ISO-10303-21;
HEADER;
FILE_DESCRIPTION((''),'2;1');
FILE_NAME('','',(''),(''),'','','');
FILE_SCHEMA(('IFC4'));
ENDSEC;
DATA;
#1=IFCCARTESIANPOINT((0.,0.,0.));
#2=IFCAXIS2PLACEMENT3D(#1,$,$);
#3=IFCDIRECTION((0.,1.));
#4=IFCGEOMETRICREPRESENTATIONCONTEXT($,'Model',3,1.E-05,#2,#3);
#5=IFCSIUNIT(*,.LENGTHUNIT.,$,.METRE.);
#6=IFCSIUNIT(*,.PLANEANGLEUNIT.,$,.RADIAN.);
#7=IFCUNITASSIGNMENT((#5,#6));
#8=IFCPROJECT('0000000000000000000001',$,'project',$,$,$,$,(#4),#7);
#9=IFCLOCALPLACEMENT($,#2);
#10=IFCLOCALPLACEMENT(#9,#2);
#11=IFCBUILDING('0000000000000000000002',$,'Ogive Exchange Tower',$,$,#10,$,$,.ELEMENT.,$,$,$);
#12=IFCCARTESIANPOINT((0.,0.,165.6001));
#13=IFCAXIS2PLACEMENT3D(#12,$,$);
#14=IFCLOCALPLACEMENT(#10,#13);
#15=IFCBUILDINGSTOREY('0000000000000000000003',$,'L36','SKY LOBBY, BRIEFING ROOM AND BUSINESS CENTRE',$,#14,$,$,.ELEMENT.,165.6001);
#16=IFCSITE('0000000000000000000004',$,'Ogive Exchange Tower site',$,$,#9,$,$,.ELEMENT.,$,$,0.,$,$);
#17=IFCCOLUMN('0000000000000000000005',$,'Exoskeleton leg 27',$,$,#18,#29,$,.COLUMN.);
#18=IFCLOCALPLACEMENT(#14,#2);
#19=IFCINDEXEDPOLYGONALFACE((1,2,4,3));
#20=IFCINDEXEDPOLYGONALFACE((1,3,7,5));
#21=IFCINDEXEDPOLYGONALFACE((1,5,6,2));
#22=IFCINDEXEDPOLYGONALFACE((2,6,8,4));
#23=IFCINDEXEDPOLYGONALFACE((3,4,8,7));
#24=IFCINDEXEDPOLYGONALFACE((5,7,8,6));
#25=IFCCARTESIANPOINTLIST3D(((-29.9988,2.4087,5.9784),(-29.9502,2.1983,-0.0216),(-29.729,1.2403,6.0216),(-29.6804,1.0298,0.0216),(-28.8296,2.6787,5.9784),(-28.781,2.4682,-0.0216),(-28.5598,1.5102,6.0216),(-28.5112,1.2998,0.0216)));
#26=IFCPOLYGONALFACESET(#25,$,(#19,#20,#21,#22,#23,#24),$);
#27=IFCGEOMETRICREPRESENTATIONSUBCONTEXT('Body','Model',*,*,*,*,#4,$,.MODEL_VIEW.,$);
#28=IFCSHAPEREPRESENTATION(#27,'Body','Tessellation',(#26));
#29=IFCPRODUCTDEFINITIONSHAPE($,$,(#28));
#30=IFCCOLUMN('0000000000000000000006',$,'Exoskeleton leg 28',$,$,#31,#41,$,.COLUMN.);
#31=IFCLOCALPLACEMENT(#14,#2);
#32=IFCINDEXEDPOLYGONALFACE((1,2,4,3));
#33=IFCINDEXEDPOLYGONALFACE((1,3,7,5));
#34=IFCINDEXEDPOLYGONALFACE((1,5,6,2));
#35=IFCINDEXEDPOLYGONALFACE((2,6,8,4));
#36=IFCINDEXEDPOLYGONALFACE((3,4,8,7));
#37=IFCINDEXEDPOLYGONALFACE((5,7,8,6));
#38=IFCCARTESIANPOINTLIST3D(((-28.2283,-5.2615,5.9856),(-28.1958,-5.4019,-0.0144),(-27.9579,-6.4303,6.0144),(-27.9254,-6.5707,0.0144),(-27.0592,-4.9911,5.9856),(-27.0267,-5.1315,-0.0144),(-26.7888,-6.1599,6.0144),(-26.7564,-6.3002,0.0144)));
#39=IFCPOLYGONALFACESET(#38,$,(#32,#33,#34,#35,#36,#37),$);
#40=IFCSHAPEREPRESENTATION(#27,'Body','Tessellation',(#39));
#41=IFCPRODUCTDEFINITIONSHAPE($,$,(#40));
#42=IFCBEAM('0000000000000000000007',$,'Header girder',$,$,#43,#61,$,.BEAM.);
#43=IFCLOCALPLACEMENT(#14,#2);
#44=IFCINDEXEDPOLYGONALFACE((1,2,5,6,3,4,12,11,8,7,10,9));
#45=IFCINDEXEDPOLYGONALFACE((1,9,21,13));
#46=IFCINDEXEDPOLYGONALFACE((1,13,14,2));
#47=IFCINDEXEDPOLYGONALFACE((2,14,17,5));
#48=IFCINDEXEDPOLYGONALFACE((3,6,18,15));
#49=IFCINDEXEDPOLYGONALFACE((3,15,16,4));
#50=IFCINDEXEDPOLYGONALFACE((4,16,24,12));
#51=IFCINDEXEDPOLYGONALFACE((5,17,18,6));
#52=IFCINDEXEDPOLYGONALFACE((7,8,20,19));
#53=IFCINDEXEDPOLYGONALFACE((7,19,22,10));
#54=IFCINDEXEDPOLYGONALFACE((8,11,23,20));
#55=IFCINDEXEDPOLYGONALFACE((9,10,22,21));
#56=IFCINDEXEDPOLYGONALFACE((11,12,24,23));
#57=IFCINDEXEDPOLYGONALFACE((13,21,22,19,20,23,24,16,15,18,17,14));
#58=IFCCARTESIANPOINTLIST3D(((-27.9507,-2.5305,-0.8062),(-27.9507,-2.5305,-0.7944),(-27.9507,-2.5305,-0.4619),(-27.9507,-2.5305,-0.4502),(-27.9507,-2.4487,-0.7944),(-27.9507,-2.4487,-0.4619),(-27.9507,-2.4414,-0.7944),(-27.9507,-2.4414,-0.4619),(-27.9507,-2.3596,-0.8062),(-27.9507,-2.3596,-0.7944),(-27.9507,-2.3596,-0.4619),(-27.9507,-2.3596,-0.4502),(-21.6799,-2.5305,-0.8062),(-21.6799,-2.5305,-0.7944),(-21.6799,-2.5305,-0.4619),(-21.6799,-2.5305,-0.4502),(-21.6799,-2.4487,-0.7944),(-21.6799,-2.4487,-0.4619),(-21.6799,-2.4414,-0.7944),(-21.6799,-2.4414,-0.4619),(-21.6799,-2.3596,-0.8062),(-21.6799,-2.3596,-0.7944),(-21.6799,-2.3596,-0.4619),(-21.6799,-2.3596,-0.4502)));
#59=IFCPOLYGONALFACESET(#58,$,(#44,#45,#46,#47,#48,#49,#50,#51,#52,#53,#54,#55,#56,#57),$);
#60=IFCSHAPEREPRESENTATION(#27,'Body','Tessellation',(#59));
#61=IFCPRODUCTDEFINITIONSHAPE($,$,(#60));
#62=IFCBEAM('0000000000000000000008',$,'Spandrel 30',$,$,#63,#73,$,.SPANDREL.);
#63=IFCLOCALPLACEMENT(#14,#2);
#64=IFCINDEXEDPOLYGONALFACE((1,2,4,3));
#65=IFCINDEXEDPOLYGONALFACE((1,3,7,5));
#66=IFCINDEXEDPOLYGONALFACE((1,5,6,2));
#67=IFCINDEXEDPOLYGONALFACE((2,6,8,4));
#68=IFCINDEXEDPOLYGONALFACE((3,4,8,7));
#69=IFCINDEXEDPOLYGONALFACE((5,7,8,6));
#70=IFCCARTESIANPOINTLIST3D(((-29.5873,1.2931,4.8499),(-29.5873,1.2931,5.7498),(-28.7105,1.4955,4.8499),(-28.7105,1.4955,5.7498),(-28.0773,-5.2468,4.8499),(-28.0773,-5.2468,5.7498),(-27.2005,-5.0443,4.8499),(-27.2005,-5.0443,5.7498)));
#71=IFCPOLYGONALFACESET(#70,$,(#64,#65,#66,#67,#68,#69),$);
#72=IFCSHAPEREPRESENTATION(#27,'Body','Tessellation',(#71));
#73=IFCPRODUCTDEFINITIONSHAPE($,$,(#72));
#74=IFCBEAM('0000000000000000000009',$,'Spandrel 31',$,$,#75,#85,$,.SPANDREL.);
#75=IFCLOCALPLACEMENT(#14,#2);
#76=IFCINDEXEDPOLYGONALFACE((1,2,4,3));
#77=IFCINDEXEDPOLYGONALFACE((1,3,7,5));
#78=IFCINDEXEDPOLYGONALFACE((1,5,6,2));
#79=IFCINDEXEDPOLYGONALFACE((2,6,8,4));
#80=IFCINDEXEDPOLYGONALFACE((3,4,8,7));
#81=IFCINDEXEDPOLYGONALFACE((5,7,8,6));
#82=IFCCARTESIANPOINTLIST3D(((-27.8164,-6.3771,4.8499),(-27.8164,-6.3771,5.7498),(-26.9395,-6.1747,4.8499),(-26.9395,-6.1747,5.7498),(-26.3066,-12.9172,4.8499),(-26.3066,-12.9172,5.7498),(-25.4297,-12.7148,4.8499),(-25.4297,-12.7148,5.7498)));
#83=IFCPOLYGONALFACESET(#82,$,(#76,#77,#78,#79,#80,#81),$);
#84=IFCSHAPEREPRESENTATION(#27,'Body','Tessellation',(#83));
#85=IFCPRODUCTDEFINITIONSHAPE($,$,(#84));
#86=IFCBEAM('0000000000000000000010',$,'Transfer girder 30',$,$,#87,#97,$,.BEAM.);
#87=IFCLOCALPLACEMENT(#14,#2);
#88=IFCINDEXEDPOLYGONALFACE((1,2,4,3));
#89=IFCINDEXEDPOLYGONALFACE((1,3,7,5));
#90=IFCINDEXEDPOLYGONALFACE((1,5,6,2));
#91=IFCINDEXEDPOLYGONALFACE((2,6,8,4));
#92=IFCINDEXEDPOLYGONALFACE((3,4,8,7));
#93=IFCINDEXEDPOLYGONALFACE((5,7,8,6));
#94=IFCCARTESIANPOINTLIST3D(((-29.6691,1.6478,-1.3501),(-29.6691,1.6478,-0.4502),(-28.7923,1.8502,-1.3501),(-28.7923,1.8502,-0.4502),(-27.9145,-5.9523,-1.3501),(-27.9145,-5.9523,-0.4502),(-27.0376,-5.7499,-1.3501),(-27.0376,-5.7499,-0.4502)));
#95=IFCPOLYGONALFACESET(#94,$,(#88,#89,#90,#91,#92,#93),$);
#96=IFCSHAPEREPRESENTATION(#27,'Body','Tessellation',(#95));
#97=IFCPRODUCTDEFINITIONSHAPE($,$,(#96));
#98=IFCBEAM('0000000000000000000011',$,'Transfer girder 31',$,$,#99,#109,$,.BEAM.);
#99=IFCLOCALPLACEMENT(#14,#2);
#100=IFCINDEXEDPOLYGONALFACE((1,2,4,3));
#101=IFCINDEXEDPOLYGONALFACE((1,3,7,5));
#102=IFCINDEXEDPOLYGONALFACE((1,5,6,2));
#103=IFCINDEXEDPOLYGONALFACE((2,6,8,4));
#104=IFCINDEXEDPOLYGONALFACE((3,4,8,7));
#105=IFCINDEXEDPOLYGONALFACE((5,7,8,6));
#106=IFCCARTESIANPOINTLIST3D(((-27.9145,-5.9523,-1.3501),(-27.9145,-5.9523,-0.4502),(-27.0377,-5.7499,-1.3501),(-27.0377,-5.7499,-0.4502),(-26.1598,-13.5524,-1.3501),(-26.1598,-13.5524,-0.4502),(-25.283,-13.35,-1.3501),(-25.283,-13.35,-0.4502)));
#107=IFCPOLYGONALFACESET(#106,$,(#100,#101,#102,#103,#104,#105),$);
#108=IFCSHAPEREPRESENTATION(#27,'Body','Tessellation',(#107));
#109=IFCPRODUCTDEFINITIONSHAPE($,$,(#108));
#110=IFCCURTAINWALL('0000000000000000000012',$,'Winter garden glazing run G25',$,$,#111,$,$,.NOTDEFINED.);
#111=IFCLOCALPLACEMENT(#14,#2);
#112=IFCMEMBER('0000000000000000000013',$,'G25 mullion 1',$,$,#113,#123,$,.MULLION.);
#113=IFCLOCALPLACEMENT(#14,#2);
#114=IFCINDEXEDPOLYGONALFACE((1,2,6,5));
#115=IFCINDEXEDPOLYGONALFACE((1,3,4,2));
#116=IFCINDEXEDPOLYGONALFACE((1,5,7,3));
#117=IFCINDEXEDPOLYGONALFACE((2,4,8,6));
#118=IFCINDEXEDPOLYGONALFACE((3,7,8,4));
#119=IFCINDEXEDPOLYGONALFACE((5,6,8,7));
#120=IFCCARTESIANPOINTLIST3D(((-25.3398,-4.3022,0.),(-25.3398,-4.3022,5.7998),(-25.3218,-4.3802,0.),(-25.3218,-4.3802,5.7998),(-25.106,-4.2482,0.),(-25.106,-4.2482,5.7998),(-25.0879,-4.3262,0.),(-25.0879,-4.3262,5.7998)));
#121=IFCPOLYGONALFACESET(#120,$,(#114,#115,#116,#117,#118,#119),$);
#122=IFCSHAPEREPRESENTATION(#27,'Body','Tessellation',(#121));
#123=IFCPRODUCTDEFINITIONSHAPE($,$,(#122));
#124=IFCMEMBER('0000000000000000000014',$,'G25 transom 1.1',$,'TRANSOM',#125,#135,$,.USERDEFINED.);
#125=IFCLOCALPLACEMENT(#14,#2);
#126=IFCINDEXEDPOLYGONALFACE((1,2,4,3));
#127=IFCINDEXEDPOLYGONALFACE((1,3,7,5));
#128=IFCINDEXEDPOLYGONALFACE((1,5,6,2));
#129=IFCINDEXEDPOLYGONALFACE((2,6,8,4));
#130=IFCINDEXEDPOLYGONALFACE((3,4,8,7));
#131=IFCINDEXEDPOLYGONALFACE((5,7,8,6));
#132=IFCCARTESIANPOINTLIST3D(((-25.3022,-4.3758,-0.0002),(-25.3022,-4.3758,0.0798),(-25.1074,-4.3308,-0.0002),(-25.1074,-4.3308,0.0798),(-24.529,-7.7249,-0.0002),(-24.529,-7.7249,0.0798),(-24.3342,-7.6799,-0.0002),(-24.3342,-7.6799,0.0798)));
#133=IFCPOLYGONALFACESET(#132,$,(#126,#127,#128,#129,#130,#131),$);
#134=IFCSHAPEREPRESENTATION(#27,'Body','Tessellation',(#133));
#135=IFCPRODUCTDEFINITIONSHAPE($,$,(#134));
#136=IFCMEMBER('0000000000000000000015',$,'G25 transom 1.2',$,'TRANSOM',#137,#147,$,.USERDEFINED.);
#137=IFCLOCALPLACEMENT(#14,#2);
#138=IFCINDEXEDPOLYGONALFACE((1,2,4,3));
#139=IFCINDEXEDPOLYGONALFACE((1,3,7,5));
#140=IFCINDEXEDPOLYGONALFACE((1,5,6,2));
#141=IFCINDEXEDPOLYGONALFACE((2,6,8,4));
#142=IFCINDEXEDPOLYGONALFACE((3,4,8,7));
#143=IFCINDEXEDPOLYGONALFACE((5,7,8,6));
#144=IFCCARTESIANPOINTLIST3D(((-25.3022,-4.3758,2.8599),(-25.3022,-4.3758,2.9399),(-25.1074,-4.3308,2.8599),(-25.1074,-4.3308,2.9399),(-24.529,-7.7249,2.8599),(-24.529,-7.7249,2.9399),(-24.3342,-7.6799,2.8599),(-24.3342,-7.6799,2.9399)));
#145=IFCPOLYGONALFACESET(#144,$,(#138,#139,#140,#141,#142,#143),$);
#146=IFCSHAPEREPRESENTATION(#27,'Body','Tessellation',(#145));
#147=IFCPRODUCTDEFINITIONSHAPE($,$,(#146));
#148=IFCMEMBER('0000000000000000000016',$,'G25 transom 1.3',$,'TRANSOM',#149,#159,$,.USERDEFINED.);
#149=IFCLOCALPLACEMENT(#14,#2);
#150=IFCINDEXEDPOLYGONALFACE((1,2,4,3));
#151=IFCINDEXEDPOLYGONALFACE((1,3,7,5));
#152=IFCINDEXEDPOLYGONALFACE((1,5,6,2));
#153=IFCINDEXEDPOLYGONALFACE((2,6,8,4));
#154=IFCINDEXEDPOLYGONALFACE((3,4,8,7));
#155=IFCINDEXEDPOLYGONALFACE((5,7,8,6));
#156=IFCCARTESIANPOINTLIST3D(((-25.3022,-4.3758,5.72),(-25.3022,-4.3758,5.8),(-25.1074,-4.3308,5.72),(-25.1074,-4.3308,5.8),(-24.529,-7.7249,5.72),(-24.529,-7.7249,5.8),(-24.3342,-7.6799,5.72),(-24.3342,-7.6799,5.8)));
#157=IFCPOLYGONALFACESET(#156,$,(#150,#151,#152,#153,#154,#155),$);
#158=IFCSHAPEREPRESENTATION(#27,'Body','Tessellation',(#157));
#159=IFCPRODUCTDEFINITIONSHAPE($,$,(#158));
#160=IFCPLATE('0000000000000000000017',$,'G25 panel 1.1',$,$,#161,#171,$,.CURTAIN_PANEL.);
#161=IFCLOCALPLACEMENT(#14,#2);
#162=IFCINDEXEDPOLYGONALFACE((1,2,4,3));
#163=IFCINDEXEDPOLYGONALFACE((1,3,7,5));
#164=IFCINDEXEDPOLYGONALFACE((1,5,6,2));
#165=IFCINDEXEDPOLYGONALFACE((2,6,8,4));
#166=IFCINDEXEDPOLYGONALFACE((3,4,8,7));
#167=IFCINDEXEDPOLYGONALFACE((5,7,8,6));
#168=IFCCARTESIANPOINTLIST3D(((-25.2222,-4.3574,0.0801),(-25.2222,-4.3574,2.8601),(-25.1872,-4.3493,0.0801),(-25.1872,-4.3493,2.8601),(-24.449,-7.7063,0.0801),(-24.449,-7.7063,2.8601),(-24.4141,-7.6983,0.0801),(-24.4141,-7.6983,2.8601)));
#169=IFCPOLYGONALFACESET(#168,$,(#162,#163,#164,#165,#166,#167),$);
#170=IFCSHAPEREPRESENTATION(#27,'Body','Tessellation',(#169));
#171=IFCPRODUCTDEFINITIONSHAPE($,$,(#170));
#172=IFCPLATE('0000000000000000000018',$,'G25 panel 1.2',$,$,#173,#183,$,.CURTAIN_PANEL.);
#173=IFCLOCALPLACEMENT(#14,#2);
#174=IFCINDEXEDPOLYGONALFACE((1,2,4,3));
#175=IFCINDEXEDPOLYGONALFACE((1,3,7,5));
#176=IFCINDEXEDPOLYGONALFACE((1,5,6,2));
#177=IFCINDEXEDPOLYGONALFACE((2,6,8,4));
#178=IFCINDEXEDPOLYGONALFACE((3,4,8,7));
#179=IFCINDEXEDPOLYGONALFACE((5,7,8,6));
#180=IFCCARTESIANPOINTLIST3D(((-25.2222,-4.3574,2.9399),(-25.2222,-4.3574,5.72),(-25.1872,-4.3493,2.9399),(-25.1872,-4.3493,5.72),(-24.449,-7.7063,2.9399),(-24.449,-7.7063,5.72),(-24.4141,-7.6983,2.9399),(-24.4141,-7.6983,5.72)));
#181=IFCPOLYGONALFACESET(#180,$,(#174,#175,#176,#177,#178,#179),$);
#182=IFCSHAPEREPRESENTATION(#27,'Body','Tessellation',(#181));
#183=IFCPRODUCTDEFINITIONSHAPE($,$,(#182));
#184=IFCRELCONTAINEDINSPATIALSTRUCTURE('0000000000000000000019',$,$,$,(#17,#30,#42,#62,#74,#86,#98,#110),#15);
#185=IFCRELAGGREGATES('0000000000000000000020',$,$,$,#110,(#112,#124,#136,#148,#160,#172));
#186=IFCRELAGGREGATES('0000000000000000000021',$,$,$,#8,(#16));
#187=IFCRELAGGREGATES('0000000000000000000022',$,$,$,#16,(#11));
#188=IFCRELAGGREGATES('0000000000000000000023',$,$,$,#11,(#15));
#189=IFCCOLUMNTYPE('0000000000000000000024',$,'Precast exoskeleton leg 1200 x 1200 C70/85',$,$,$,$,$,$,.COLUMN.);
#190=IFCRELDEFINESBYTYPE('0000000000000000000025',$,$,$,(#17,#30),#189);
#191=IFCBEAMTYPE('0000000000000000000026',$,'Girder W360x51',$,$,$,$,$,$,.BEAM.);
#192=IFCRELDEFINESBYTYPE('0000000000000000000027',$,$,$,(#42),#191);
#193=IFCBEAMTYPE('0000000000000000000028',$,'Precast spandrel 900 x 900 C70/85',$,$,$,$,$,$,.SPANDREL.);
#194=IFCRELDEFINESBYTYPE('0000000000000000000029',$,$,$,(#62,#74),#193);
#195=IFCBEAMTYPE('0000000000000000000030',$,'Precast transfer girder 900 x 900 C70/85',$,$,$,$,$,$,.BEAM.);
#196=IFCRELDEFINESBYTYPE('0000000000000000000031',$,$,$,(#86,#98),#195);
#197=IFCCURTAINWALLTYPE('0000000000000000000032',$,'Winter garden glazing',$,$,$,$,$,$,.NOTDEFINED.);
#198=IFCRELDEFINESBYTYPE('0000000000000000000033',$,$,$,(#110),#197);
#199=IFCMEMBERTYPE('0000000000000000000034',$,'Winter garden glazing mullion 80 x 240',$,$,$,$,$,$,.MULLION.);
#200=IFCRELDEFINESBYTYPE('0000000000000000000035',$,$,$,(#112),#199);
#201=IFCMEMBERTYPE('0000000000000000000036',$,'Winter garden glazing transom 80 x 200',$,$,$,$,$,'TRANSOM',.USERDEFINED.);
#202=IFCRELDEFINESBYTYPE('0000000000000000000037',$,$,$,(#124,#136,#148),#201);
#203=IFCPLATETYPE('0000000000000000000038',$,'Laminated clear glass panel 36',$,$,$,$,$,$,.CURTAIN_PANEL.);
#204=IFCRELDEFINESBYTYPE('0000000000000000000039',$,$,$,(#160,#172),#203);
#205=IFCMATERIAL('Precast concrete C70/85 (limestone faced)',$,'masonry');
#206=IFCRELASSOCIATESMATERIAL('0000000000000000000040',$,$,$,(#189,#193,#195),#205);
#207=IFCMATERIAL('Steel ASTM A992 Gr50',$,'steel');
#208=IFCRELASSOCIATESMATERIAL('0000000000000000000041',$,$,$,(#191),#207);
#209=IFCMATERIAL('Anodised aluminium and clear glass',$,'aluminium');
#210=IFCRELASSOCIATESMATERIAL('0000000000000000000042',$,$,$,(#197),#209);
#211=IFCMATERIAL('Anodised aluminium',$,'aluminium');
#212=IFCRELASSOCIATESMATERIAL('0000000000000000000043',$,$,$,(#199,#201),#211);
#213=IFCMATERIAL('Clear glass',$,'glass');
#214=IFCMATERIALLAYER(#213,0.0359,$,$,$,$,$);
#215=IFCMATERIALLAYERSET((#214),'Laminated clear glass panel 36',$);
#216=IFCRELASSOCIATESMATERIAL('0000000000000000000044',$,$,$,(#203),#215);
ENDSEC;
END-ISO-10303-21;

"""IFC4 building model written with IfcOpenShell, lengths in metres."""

from ifc_helpers import new_model, si_unit, direction, frame, origin, origin_2d, place, context, subcontext, project, spatial, rectangle, i_section, extrude, material, layer, layer_set, material_profile, profile_set, type_object, element, aggregate, save


model = new_model("IFC4")

# Units and contexts
model_context = context("Model", 3, precision=1e-05, world=origin(), true_north=direction((0.0, 1.0)))
body_context = subcontext(model_context, "Body", "Model", "MODEL_VIEW")
ifc_project = project(units=[si_unit("LENGTHUNIT", "METRE"), si_unit("PLANEANGLEUNIT", "RADIAN")], contexts=[model_context])

# Site, building, storey
site_placement = place(None, origin())
site = spatial("IfcSite", under=ifc_project, at=site_placement, Name="Ogive Exchange Tower site", CompositionType="ELEMENT", RefElevation=0.0)
building_placement = place(site_placement, origin())
building = spatial("IfcBuilding", under=site, at=building_placement, Name="Ogive Exchange Tower", CompositionType="ELEMENT")
storey_placement = place(building_placement, frame((0.0, 0.0, 165.6001)))
storey = spatial("IfcBuildingStorey", under=building, at=storey_placement, Name="L36", Description="SKY LOBBY, BRIEFING ROOM AND BUSINESS CENTRE", CompositionType="ELEMENT", Elevation=165.6001)

# Columns
ifc_material_1 = material(Name="Precast concrete C70/85 (limestone faced)", Category="masonry")
ifc_material_profile_1 = material_profile(ifc_material_1, rectangle(XDim=1.2, YDim=1.2, at=origin_2d()), Name="1200 x 1200")
ifc_profile_set_1 = profile_set([ifc_material_profile_1], Name="Precast concrete C70/85 (limestone faced)")
column_type = type_object("IfcColumnType", Name="Precast exoskeleton leg 1200 x 1200 C70/85", PredefinedType="COLUMN", material=ifc_profile_set_1)
column_1_placement = place(storey_placement, frame((-29.2307, 1.749, 0.0), z_axis=(-0.008092, 0.035052, 0.999353), x_axis=(-0.974372, -0.224942, 0.0)))
element("IfcColumn", 1, at=column_1_placement, inside=storey, type_object=column_type, Name="Exoskeleton leg 27", PredefinedType="COLUMN", context=body_context, shape_type="SweptSolid", body=[
    extrude(rectangle(XDim=1.2, YDim=1.2, at=origin_2d()), origin(), (0.0, 0.0, 1.0), 6.0039),
])
column_2_placement = place(storey_placement, frame((-27.4761, -5.8511, 0.0), z_axis=(-0.00541, 0.02339, 0.999712), x_axis=(-0.974277, -0.225354, 0.0)))
element("IfcColumn", 2, at=column_2_placement, inside=storey, type_object=column_type, Name="Exoskeleton leg 28", PredefinedType="COLUMN", context=body_context, shape_type="SweptSolid", body=[
    extrude(rectangle(XDim=1.2, YDim=1.2, at=origin_2d()), origin(), (0.0, 0.0, 1.0), 6.0017),
])

# Beams
ifc_material_2 = material(Name="Steel ASTM A992 Gr50", Category="steel")
ifc_material_profile_2 = material_profile(ifc_material_2, i_section(OverallWidth=0.1709, OverallDepth=0.356, WebThickness=0.0073, FlangeThickness=0.0117, at=origin_2d()), Name="W360x51")
ifc_profile_set_2 = profile_set([ifc_material_profile_2], Name="Steel ASTM A992 Gr50")
beam_type_1 = type_object("IfcBeamType", Name="Girder W360x51", PredefinedType="BEAM", material=ifc_profile_set_2)
beam_1_placement = place(storey_placement, frame((-27.9507, -2.4451, -0.6282), z_axis=(1.0, 0.0, 0.0), x_axis=(0.0, 1.0, 0.0)))
element("IfcBeam", 3, at=beam_1_placement, inside=storey, type_object=beam_type_1, Name="Header girder", PredefinedType="BEAM", context=body_context, shape_type="SweptSolid", body=[
    extrude(i_section(OverallWidth=0.1709, OverallDepth=0.356, WebThickness=0.0073, FlangeThickness=0.0117, at=origin_2d()), origin(), (0.0, 0.0, 1.0), 6.2708),
])
ifc_material_profile_3 = material_profile(ifc_material_1, rectangle(XDim=0.8999, YDim=0.8999, at=origin_2d()), Name="900 x 900")
ifc_profile_set_3 = profile_set([ifc_material_profile_3], Name="Precast concrete C70/85 (limestone faced)")
beam_type_2 = type_object("IfcBeamType", Name="Precast spandrel 900 x 900 C70/85", PredefinedType="SPANDREL", material=ifc_profile_set_3)
beam_2_placement = place(storey_placement, frame((-29.1489, 1.3943, 5.2998), z_axis=(0.224976, -0.974364, 0.0), x_axis=(0.974364, 0.224976, 0.0)))
element("IfcBeam", 4, at=beam_2_placement, inside=storey, type_object=beam_type_2, Name="Spandrel 30", PredefinedType="SPANDREL", context=body_context, shape_type="SweptSolid", body=[
    extrude(rectangle(XDim=0.8999, YDim=0.8999, at=origin_2d()), origin(), (0.0, 0.0, 1.0), 6.7119),
])
beam_3_placement = place(storey_placement, frame((-27.3779, -6.2759, 5.2998), z_axis=(0.224934, -0.974374, 0.0), x_axis=(0.974374, 0.224934, 0.0)))
element("IfcBeam", 5, at=beam_3_placement, inside=storey, type_object=beam_type_2, Name="Spandrel 31", PredefinedType="SPANDREL", context=body_context, shape_type="SweptSolid", body=[
    extrude(rectangle(XDim=0.8999, YDim=0.8999, at=origin_2d()), origin(), (0.0, 0.0, 1.0), 6.7122),
])
ifc_material_profile_4 = material_profile(ifc_material_1, rectangle(XDim=0.8999, YDim=0.8999, at=origin_2d()), Name="900 x 900")
ifc_profile_set_4 = profile_set([ifc_material_profile_4], Name="Precast concrete C70/85 (limestone faced)")
beam_type_3 = type_object("IfcBeamType", Name="Precast transfer girder 900 x 900 C70/85", PredefinedType="BEAM", material=ifc_profile_set_4)
for number, where, z_axis, x_axis, name in (
    (6, (-29.2307, 1.749, -0.9001), (0.224953, -0.97437, 0.0), (0.97437, 0.224953, 0.0), "Transfer girder 30"),
    (7, (-27.4761, -5.8511, -0.9001), (0.224953, -0.97437, 0.0), (0.97437, 0.224953, 0.0), "Transfer girder 31"),
):
    element("IfcBeam", number, at=place(storey_placement, frame(where, z_axis=z_axis, x_axis=x_axis)), inside=storey, type_object=beam_type_3, Name=name, PredefinedType="BEAM", context=body_context, shape_type="SweptSolid", body=[
        extrude(rectangle(XDim=0.8999, YDim=0.8999, at=origin_2d()), origin(), (0.0, 0.0, 1.0), 7.8),
    ])

# Curtain wall, members, plates
ifc_material_3 = material(Name="Anodised aluminium and clear glass", Category="aluminium")
curtain_wall_type = type_object("IfcCurtainWallType", Name="Winter garden glazing", PredefinedType="NOTDEFINED", material=ifc_material_3)
curtain_wall_placement = place(storey_placement, origin())
curtain_wall = element("IfcCurtainWall", 8, at=curtain_wall_placement, inside=storey, type_object=curtain_wall_type, Name="Winter garden glazing run G25", PredefinedType="NOTDEFINED")
ifc_material_4 = material(Name="Anodised aluminium", Category="aluminium")
ifc_material_profile_5 = material_profile(ifc_material_4, rectangle(XDim=0.24, YDim=0.0801, at=origin_2d()), Name="AL 80x240")
ifc_profile_set_5 = profile_set([ifc_material_profile_5], Name="Anodised aluminium")
member_type_1 = type_object("IfcMemberType", Name="Winter garden glazing mullion 80 x 240", PredefinedType="MULLION", material=ifc_profile_set_5)
member_1_placement = place(storey_placement, frame((-25.2139, -4.3142, 0.0), z_axis=(0.0, 0.0, 1.0), x_axis=(0.974372, 0.224944, 0.0)))
member_1 = element("IfcMember", 9, at=member_1_placement, type_object=member_type_1, Name="G25 mullion 1", PredefinedType="MULLION", context=body_context, shape_type="SweptSolid", body=[
    extrude(rectangle(XDim=0.24, YDim=0.0801, at=origin_2d()), origin(), (0.0, 0.0, 1.0), 5.7998),
])
ifc_material_profile_6 = material_profile(ifc_material_4, rectangle(XDim=0.2, YDim=0.0801, at=origin_2d()), Name="AL 80x200")
ifc_profile_set_6 = profile_set([ifc_material_profile_6], Name="Anodised aluminium")
member_type_2 = type_object("IfcMemberType", Name="Winter garden glazing transom 80 x 200", ElementType="TRANSOM", PredefinedType="USERDEFINED", material=ifc_profile_set_6)
member_2_placement = place(storey_placement, frame((-25.2048, -4.3533, 0.0398), z_axis=(0.224948, -0.974371, 0.0), x_axis=(0.974371, 0.224948, 0.0)))
member_2 = element("IfcMember", 10, at=member_2_placement, type_object=member_type_2, Name="G25 transom 1.1", ObjectType="TRANSOM", PredefinedType="USERDEFINED", context=body_context, shape_type="SweptSolid", body=[
    extrude(rectangle(XDim=0.2, YDim=0.0801, at=origin_2d()), origin(), (0.0, 0.0, 1.0), 3.4373),
])
member_3_placement = place(storey_placement, frame((-25.2048, -4.3533, 2.8999), z_axis=(0.224948, -0.974371, 0.0), x_axis=(0.974371, 0.224948, 0.0)))
member_3 = element("IfcMember", 11, at=member_3_placement, type_object=member_type_2, Name="G25 transom 1.2", ObjectType="TRANSOM", PredefinedType="USERDEFINED", context=body_context, shape_type="SweptSolid", body=[
    extrude(rectangle(XDim=0.2, YDim=0.0801, at=origin_2d()), origin(), (0.0, 0.0, 1.0), 3.4373),
])
member_4_placement = place(storey_placement, frame((-25.2048, -4.3533, 5.76), z_axis=(0.224948, -0.974371, 0.0), x_axis=(0.974371, 0.224948, 0.0)))
member_4 = element("IfcMember", 12, at=member_4_placement, type_object=member_type_2, Name="G25 transom 1.3", ObjectType="TRANSOM", PredefinedType="USERDEFINED", context=body_context, shape_type="SweptSolid", body=[
    extrude(rectangle(XDim=0.2, YDim=0.0801, at=origin_2d()), origin(), (0.0, 0.0, 1.0), 3.4373),
])
ifc_material_5 = material(Name="Clear glass", Category="glass")
ifc_layer_1 = layer(ifc_material_5, 0.0359)
ifc_layer_set_1 = layer_set([ifc_layer_1], Name="Laminated clear glass panel 36")
plate_type = type_object("IfcPlateType", Name="Laminated clear glass panel 36", PredefinedType="CURTAIN_PANEL", material=ifc_layer_set_1)
plate_1_placement = place(storey_placement, frame((-24.8181, -6.0278, 0.0801), z_axis=(0.0, 0.0, 1.0), x_axis=(0.224944, -0.974372, 0.0)))
plate_1 = element("IfcPlate", 13, at=plate_1_placement, type_object=plate_type, Name="G25 panel 1.1", PredefinedType="CURTAIN_PANEL", context=body_context, shape_type="SweptSolid", body=[
    extrude(rectangle(XDim=3.437, YDim=0.0359, at=origin_2d()), origin(), (0.0, 0.0, 1.0), 2.78),
])
plate_2_placement = place(storey_placement, frame((-24.8181, -6.0278, 2.9399), z_axis=(0.0, 0.0, 1.0), x_axis=(0.224944, -0.974372, 0.0)))
plate_2 = element("IfcPlate", 14, at=plate_2_placement, type_object=plate_type, Name="G25 panel 1.2", PredefinedType="CURTAIN_PANEL", context=body_context, shape_type="SweptSolid", body=[
    extrude(rectangle(XDim=3.437, YDim=0.0359, at=origin_2d()), origin(), (0.0, 0.0, 1.0), 2.78),
])
aggregate(curtain_wall, [member_1, member_2, member_3, member_4, plate_1, plate_2])

save(model, "model.ifc")
